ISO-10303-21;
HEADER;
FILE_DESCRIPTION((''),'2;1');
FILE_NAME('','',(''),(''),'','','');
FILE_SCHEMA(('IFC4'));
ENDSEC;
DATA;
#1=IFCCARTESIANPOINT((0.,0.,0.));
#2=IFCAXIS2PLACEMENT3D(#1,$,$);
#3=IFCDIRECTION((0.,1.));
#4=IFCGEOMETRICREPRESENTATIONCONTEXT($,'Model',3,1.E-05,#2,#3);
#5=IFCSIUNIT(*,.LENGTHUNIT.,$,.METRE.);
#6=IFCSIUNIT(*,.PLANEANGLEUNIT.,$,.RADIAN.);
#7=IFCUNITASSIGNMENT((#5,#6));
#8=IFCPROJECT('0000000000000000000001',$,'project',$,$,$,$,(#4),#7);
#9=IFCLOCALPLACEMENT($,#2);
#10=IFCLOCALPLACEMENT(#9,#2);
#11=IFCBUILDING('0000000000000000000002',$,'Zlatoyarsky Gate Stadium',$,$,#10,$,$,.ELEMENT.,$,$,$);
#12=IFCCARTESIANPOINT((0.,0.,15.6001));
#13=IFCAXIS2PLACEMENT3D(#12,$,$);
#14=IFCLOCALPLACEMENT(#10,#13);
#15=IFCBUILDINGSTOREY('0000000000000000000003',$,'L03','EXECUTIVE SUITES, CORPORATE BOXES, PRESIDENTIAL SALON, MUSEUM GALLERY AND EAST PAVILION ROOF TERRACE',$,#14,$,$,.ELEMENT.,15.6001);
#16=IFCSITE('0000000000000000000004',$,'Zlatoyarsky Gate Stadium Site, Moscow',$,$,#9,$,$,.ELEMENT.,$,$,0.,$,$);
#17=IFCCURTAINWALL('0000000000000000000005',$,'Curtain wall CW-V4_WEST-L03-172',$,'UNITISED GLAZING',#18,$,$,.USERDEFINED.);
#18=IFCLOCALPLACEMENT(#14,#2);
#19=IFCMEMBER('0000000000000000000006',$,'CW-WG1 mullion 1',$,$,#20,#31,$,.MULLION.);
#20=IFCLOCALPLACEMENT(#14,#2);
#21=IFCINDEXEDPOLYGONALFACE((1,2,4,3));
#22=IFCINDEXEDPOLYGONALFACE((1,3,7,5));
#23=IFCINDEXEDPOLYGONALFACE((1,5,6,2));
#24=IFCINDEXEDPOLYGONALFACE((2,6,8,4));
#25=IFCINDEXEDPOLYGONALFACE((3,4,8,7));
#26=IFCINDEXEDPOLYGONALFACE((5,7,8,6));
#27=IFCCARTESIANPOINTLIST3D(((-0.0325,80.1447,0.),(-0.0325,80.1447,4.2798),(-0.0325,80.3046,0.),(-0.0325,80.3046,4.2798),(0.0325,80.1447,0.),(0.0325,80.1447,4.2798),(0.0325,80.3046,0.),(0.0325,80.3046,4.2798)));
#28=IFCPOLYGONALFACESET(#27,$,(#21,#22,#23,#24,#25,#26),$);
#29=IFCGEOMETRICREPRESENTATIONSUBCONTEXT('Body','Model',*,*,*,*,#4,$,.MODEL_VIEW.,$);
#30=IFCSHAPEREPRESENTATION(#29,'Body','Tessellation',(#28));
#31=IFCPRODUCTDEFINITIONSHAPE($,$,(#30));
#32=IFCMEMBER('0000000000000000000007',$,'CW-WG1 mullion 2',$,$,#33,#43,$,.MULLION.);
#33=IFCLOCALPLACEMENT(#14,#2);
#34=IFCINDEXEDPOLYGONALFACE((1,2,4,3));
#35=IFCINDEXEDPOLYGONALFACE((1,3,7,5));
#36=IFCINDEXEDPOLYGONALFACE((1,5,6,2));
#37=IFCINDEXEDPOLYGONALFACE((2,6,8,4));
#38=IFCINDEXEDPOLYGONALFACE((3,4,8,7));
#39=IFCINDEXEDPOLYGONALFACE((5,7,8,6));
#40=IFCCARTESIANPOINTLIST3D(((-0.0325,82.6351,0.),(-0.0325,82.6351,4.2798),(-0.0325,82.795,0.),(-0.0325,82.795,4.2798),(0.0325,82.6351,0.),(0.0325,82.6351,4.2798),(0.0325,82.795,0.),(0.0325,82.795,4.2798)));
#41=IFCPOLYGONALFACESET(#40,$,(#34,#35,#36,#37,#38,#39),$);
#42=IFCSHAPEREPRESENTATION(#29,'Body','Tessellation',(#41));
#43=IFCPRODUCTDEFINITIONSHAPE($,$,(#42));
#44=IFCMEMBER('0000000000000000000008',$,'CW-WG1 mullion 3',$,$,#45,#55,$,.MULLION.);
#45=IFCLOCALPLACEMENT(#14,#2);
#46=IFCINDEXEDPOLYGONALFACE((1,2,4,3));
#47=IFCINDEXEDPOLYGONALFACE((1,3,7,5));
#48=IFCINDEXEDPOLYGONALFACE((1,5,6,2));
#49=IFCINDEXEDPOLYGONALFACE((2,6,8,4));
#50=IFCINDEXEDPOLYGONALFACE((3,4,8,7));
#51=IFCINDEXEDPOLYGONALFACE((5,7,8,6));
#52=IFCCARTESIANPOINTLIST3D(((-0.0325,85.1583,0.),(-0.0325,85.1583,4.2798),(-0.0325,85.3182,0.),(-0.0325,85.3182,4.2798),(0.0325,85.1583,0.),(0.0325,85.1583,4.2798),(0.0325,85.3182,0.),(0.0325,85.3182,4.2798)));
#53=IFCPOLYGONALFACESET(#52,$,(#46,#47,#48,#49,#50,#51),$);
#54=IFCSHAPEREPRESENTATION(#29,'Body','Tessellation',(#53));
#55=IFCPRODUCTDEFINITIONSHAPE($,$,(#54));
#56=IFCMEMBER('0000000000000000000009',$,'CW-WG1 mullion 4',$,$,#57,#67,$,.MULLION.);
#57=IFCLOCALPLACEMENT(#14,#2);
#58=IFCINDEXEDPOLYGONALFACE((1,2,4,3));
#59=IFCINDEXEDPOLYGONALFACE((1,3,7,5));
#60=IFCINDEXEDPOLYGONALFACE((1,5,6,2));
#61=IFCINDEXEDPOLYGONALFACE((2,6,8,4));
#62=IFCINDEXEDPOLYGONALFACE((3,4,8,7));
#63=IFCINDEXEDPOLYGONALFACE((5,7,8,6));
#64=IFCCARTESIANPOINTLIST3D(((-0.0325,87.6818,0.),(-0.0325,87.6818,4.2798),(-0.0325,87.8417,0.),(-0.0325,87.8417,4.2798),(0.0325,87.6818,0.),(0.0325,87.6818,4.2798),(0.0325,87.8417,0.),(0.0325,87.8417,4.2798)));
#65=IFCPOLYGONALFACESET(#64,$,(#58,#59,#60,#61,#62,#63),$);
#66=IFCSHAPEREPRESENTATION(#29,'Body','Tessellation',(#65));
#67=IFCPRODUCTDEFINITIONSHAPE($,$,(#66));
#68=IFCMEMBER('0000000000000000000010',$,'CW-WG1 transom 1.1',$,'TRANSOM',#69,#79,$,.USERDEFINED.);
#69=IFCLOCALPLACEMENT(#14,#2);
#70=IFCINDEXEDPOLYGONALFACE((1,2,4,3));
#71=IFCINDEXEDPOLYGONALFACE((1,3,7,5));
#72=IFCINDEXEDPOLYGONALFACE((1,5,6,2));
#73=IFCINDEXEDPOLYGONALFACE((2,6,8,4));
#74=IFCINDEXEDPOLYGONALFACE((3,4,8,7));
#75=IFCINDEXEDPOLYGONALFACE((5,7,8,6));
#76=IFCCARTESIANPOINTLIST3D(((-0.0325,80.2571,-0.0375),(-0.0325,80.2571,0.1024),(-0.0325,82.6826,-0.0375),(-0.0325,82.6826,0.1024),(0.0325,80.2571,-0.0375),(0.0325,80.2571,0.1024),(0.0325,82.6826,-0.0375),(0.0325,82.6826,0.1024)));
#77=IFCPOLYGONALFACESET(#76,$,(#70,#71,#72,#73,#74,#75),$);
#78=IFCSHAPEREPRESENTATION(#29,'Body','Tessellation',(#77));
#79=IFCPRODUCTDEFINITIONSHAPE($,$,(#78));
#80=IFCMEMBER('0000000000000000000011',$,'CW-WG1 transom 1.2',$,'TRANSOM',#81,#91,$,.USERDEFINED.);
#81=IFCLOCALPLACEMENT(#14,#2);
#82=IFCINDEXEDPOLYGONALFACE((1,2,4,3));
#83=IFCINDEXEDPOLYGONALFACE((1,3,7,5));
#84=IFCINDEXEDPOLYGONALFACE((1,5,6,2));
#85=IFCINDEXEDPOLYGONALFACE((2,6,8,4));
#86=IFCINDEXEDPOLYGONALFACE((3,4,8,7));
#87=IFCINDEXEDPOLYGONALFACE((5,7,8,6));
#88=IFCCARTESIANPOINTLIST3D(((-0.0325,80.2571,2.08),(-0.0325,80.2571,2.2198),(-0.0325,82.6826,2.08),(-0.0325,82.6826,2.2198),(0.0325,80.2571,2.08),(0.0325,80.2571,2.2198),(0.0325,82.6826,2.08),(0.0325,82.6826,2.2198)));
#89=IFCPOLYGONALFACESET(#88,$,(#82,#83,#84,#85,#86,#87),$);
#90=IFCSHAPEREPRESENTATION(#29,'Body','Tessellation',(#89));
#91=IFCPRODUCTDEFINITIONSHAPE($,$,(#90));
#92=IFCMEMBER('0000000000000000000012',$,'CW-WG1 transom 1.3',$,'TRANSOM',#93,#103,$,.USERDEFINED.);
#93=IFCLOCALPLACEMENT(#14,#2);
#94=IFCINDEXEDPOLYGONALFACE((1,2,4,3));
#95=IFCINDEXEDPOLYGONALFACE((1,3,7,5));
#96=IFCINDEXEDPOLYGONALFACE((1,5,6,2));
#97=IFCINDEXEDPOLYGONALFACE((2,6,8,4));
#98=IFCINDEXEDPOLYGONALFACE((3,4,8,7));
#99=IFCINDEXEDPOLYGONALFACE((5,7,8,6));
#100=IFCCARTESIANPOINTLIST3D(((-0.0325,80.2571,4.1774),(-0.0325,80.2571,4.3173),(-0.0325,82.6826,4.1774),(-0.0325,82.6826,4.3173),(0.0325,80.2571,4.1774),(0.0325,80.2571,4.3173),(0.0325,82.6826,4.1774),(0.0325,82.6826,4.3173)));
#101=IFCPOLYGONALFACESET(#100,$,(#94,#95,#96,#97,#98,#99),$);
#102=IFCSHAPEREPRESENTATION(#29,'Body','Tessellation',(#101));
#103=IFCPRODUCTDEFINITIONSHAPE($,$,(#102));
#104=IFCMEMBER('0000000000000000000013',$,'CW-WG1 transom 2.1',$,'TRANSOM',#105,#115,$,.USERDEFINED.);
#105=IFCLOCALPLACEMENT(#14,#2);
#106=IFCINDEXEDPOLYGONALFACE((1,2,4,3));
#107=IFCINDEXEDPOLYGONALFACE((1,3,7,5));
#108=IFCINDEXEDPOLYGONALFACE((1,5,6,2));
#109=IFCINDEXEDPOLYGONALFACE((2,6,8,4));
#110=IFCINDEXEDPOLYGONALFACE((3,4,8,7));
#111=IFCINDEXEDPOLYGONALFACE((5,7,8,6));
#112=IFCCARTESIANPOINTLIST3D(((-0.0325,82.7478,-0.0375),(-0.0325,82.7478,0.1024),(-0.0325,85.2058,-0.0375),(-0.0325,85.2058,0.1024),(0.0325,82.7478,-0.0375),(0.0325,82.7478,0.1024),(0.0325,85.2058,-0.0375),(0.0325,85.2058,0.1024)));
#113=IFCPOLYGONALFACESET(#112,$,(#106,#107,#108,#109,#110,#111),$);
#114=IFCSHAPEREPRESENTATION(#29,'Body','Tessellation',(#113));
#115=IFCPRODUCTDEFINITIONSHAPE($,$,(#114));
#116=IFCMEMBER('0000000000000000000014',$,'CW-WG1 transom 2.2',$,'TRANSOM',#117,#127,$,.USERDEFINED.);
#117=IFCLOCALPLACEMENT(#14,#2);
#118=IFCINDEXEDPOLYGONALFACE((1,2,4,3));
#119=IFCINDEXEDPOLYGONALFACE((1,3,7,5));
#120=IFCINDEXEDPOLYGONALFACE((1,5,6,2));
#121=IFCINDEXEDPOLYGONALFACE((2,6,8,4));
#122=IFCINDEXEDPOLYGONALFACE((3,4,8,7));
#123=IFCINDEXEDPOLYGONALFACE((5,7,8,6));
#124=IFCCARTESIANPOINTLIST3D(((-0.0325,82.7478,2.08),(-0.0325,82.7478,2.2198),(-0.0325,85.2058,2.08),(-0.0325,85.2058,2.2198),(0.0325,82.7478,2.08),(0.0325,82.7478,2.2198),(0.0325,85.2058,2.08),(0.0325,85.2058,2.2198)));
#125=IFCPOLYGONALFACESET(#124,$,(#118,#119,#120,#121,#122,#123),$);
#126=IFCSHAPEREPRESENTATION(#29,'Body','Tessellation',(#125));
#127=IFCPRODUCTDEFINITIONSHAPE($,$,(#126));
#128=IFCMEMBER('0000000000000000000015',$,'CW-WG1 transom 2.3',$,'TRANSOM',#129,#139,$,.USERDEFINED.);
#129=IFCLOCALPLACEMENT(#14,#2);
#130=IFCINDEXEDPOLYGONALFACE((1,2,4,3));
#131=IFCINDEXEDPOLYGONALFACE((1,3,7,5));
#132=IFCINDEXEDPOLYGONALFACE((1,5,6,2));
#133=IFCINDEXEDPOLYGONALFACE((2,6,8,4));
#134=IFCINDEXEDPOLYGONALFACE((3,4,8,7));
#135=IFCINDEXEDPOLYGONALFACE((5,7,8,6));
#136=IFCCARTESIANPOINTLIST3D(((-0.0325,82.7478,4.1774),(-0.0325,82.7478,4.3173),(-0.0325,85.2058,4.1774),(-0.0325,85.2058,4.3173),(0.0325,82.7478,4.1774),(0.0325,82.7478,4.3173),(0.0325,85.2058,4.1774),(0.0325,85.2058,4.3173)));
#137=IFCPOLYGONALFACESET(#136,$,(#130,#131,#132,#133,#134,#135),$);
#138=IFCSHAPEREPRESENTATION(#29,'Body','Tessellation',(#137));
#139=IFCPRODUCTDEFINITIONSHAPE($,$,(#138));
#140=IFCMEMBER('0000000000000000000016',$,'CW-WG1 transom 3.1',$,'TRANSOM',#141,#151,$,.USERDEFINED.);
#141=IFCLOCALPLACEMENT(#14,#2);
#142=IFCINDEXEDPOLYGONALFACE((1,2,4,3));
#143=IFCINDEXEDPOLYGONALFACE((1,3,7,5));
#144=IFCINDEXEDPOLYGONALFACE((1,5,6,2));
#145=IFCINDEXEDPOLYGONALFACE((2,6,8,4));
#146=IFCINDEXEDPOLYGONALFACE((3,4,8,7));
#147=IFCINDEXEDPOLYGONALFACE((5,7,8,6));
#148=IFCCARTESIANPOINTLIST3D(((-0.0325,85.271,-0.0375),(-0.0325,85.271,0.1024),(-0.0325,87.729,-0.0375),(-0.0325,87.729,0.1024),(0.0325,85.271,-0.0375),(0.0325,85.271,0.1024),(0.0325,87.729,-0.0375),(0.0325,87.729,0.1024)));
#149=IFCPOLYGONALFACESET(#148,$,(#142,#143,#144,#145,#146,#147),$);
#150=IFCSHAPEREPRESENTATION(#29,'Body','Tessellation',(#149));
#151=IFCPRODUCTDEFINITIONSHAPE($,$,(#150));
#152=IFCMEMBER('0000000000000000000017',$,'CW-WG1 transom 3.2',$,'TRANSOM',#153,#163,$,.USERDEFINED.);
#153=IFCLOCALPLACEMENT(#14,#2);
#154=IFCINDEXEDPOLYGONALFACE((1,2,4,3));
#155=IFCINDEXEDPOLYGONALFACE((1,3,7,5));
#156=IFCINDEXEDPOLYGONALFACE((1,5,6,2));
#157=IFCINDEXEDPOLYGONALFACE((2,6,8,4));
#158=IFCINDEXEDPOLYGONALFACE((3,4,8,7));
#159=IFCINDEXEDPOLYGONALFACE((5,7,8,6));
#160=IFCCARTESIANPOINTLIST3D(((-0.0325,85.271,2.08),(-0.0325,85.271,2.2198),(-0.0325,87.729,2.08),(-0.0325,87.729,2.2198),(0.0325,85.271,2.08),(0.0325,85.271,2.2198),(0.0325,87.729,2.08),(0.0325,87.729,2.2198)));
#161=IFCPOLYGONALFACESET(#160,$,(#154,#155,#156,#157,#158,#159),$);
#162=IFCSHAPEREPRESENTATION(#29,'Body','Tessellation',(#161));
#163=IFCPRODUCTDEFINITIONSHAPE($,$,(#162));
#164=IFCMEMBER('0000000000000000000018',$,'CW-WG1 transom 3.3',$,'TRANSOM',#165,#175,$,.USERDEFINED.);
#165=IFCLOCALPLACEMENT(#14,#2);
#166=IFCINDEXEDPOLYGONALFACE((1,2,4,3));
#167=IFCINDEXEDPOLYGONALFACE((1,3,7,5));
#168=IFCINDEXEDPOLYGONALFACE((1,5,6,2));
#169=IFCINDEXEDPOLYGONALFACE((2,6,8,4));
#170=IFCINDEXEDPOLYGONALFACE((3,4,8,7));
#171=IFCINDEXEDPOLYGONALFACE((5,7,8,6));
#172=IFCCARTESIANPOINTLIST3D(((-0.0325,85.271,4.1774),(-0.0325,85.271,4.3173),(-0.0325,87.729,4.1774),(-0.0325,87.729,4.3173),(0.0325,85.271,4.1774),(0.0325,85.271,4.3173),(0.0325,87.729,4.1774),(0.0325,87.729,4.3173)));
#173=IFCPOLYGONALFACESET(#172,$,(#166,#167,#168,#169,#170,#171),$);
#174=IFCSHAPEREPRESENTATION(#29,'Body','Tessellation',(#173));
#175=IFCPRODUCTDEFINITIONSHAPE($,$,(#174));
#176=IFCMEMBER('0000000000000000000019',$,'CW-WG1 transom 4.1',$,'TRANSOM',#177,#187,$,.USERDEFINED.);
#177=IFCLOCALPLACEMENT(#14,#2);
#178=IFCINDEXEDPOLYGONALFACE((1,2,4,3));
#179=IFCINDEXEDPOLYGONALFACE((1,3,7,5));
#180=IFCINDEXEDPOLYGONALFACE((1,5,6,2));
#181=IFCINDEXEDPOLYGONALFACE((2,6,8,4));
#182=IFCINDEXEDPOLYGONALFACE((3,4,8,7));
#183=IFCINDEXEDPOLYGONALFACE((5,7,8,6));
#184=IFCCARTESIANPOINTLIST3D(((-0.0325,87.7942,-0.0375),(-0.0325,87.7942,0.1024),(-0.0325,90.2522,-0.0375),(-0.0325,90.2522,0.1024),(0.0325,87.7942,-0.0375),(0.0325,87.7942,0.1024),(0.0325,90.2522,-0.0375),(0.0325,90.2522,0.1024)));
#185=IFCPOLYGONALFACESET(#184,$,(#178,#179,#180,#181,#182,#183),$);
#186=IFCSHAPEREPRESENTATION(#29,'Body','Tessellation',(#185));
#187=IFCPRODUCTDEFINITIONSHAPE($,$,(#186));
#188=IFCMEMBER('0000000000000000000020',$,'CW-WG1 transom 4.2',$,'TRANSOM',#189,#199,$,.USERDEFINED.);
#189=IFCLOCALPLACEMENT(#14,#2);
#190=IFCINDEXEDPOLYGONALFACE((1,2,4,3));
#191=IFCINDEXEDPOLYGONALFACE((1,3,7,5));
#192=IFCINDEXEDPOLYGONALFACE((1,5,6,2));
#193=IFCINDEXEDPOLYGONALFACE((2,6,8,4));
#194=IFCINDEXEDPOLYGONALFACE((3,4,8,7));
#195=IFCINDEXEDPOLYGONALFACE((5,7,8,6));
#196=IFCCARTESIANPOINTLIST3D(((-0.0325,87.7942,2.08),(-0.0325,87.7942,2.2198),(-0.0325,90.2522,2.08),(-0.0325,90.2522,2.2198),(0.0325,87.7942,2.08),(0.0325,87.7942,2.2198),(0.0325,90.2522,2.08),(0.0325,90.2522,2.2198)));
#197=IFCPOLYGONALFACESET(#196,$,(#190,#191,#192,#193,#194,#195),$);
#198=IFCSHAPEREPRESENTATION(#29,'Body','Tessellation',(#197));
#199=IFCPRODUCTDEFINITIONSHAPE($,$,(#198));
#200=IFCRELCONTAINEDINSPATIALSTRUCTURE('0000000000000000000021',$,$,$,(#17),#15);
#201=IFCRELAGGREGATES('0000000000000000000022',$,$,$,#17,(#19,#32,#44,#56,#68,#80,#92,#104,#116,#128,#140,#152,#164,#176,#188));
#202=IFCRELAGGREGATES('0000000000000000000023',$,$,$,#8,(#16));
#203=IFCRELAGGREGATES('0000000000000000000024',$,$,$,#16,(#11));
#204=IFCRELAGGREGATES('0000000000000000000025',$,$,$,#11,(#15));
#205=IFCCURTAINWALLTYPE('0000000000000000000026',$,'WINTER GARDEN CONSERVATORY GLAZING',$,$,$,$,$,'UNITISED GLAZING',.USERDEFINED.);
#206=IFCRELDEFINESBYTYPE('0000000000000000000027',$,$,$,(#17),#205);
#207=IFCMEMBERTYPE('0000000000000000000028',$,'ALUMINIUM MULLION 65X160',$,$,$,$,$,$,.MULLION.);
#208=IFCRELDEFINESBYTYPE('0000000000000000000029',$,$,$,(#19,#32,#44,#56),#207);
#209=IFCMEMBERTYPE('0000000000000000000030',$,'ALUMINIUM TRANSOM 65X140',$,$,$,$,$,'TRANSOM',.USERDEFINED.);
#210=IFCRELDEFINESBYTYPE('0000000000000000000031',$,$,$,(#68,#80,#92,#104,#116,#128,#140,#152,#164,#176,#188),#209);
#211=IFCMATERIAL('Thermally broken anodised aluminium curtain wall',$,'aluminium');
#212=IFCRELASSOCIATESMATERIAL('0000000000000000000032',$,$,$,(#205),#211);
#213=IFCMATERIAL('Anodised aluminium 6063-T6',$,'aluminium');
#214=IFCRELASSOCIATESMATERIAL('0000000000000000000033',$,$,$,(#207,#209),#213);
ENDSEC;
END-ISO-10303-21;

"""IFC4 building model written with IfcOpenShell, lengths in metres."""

from ifc_helpers import new_model, si_unit, direction, frame, origin, origin_2d, place, context, subcontext, project, spatial, rectangle, extrude, material, material_profile, profile_set, type_object, element, aggregate, save


model = new_model("IFC4")

# Units and contexts
model_context = context("Model", 3, precision=1e-05, world=origin(), true_north=direction((0.0, 1.0)))
body_context = subcontext(model_context, "Body", "Model", "MODEL_VIEW")
ifc_project = project(units=[si_unit("LENGTHUNIT", "METRE"), si_unit("PLANEANGLEUNIT", "RADIAN")], contexts=[model_context])

# Site, building, storey
site_placement = place(None, origin())
site = spatial("IfcSite", under=ifc_project, at=site_placement, Name="Zlatoyarsky Gate Stadium Site, Moscow", CompositionType="ELEMENT", RefElevation=0.0)
building_placement = place(site_placement, origin())
building = spatial("IfcBuilding", under=site, at=building_placement, Name="Zlatoyarsky Gate Stadium", CompositionType="ELEMENT")
storey_placement = place(building_placement, frame((0.0, 0.0, 15.6001)))
storey = spatial("IfcBuildingStorey", under=building, at=storey_placement, Name="L03", Description="EXECUTIVE SUITES, CORPORATE BOXES, PRESIDENTIAL SALON, MUSEUM GALLERY AND EAST PAVILION ROOF TERRACE", CompositionType="ELEMENT", Elevation=15.6001)

# Curtain wall, members
ifc_material_1 = material(Name="Thermally broken anodised aluminium curtain wall", Category="aluminium")
curtain_wall_type = type_object("IfcCurtainWallType", Name="WINTER GARDEN CONSERVATORY GLAZING", ElementType="UNITISED GLAZING", PredefinedType="USERDEFINED", material=ifc_material_1)
curtain_wall_placement = place(storey_placement, origin())
curtain_wall = element("IfcCurtainWall", 1, at=curtain_wall_placement, inside=storey, type_object=curtain_wall_type, Name="Curtain wall CW-V4_WEST-L03-172", ObjectType="UNITISED GLAZING", PredefinedType="USERDEFINED")
ifc_material_2 = material(Name="Anodised aluminium 6063-T6", Category="aluminium")
ifc_material_profile_1 = material_profile(ifc_material_2, rectangle(XDim=0.0649, YDim=0.1599, at=origin_2d()), Name="ALU 65X160")
ifc_profile_set_1 = profile_set([ifc_material_profile_1], Name="Anodised aluminium 6063-T6")
member_type_1 = type_object("IfcMemberType", Name="ALUMINIUM MULLION 65X160", PredefinedType="MULLION", material=ifc_profile_set_1)
member_1_placement = place(storey_placement, frame((0.0, 80.2246, 0.0), z_axis=(0.0, 0.0, 1.0), x_axis=(-1.0, 0.0, 0.0)))
member_1 = element("IfcMember", 2, at=member_1_placement, type_object=member_type_1, Name="CW-WG1 mullion 1", PredefinedType="MULLION", context=body_context, shape_type="SweptSolid", body=[
    extrude(rectangle(XDim=0.0649, YDim=0.1599, at=origin_2d()), origin(), (0.0, 0.0, 1.0), 4.2798),
])
member_2_placement = place(storey_placement, frame((0.0, 82.7151, 0.0), z_axis=(0.0, 0.0, 1.0), x_axis=(-1.0, 0.0, 0.0)))
member_2 = element("IfcMember", 3, at=member_2_placement, type_object=member_type_1, Name="CW-WG1 mullion 2", PredefinedType="MULLION", context=body_context, shape_type="SweptSolid", body=[
    extrude(rectangle(XDim=0.0649, YDim=0.1599, at=origin_2d()), origin(), (0.0, 0.0, 1.0), 4.2798),
])
member_3_placement = place(storey_placement, frame((0.0, 85.2383, 0.0), z_axis=(0.0, 0.0, 1.0), x_axis=(-1.0, 0.0, 0.0)))
member_3 = element("IfcMember", 4, at=member_3_placement, type_object=member_type_1, Name="CW-WG1 mullion 3", PredefinedType="MULLION", context=body_context, shape_type="SweptSolid", body=[
    extrude(rectangle(XDim=0.0649, YDim=0.1599, at=origin_2d()), origin(), (0.0, 0.0, 1.0), 4.2798),
])
member_4_placement = place(storey_placement, frame((0.0, 87.7617, 0.0), z_axis=(0.0, 0.0, 1.0), x_axis=(-1.0, 0.0, 0.0)))
member_4 = element("IfcMember", 5, at=member_4_placement, type_object=member_type_1, Name="CW-WG1 mullion 4", PredefinedType="MULLION", context=body_context, shape_type="SweptSolid", body=[
    extrude(rectangle(XDim=0.0649, YDim=0.1599, at=origin_2d()), origin(), (0.0, 0.0, 1.0), 4.2798),
])
ifc_material_profile_2 = material_profile(ifc_material_2, rectangle(XDim=0.0649, YDim=0.1399, at=origin_2d()), Name="ALU 65X140")
ifc_profile_set_2 = profile_set([ifc_material_profile_2], Name="Anodised aluminium 6063-T6")
member_type_2 = type_object("IfcMemberType", Name="ALUMINIUM TRANSOM 65X140", ElementType="TRANSOM", PredefinedType="USERDEFINED", material=ifc_profile_set_2)
member_5_placement = place(storey_placement, frame((0.0, 80.2571, 0.0325), z_axis=(0.0, 1.0, 0.0), x_axis=(-1.0, 0.0, 0.0)))
member_5 = element("IfcMember", 6, at=member_5_placement, type_object=member_type_2, Name="CW-WG1 transom 1.1", ObjectType="TRANSOM", PredefinedType="USERDEFINED", context=body_context, shape_type="SweptSolid", body=[
    extrude(rectangle(XDim=0.0649, YDim=0.1399, at=origin_2d()), origin(), (0.0, 0.0, 1.0), 2.4255),
])
member_6_placement = place(storey_placement, frame((0.0, 80.2571, 2.1499), z_axis=(0.0, 1.0, 0.0), x_axis=(-1.0, 0.0, 0.0)))
member_6 = element("IfcMember", 7, at=member_6_placement, type_object=member_type_2, Name="CW-WG1 transom 1.2", ObjectType="TRANSOM", PredefinedType="USERDEFINED", context=body_context, shape_type="SweptSolid", body=[
    extrude(rectangle(XDim=0.0649, YDim=0.1399, at=origin_2d()), origin(), (0.0, 0.0, 1.0), 2.4255),
])
member_7_placement = place(storey_placement, frame((0.0, 80.2571, 4.2473), z_axis=(0.0, 1.0, 0.0), x_axis=(-1.0, 0.0, 0.0)))
member_7 = element("IfcMember", 8, at=member_7_placement, type_object=member_type_2, Name="CW-WG1 transom 1.3", ObjectType="TRANSOM", PredefinedType="USERDEFINED", context=body_context, shape_type="SweptSolid", body=[
    extrude(rectangle(XDim=0.0649, YDim=0.1399, at=origin_2d()), origin(), (0.0, 0.0, 1.0), 2.4255),
])
member_8_placement = place(storey_placement, frame((0.0, 82.7478, 0.0325), z_axis=(0.0, 1.0, 0.0), x_axis=(-1.0, 0.0, 0.0)))
member_8 = element("IfcMember", 9, at=member_8_placement, type_object=member_type_2, Name="CW-WG1 transom 2.1", ObjectType="TRANSOM", PredefinedType="USERDEFINED", context=body_context, shape_type="SweptSolid", body=[
    extrude(rectangle(XDim=0.0649, YDim=0.1399, at=origin_2d()), origin(), (0.0, 0.0, 1.0), 2.458),
])
member_9_placement = place(storey_placement, frame((0.0, 82.7478, 2.1499), z_axis=(0.0, 1.0, 0.0), x_axis=(-1.0, 0.0, 0.0)))
member_9 = element("IfcMember", 10, at=member_9_placement, type_object=member_type_2, Name="CW-WG1 transom 2.2", ObjectType="TRANSOM", PredefinedType="USERDEFINED", context=body_context, shape_type="SweptSolid", body=[
    extrude(rectangle(XDim=0.0649, YDim=0.1399, at=origin_2d()), origin(), (0.0, 0.0, 1.0), 2.458),
])
member_10_placement = place(storey_placement, frame((0.0, 82.7478, 4.2473), z_axis=(0.0, 1.0, 0.0), x_axis=(-1.0, 0.0, 0.0)))
member_10 = element("IfcMember", 11, at=member_10_placement, type_object=member_type_2, Name="CW-WG1 transom 2.3", ObjectType="TRANSOM", PredefinedType="USERDEFINED", context=body_context, shape_type="SweptSolid", body=[
    extrude(rectangle(XDim=0.0649, YDim=0.1399, at=origin_2d()), origin(), (0.0, 0.0, 1.0), 2.458),
])
member_11_placement = place(storey_placement, frame((0.0, 85.271, 0.0325), z_axis=(0.0, 1.0, 0.0), x_axis=(-1.0, 0.0, 0.0)))
member_11 = element("IfcMember", 12, at=member_11_placement, type_object=member_type_2, Name="CW-WG1 transom 3.1", ObjectType="TRANSOM", PredefinedType="USERDEFINED", context=body_context, shape_type="SweptSolid", body=[
    extrude(rectangle(XDim=0.0649, YDim=0.1399, at=origin_2d()), origin(), (0.0, 0.0, 1.0), 2.458),
])
member_12_placement = place(storey_placement, frame((0.0, 85.271, 2.1499), z_axis=(0.0, 1.0, 0.0), x_axis=(-1.0, 0.0, 0.0)))
member_12 = element("IfcMember", 13, at=member_12_placement, type_object=member_type_2, Name="CW-WG1 transom 3.2", ObjectType="TRANSOM", PredefinedType="USERDEFINED", context=body_context, shape_type="SweptSolid", body=[
    extrude(rectangle(XDim=0.0649, YDim=0.1399, at=origin_2d()), origin(), (0.0, 0.0, 1.0), 2.458),
])
member_13_placement = place(storey_placement, frame((0.0, 85.271, 4.2473), z_axis=(0.0, 1.0, 0.0), x_axis=(-1.0, 0.0, 0.0)))
member_13 = element("IfcMember", 14, at=member_13_placement, type_object=member_type_2, Name="CW-WG1 transom 3.3", ObjectType="TRANSOM", PredefinedType="USERDEFINED", context=body_context, shape_type="SweptSolid", body=[
    extrude(rectangle(XDim=0.0649, YDim=0.1399, at=origin_2d()), origin(), (0.0, 0.0, 1.0), 2.458),
])
member_14_placement = place(storey_placement, frame((0.0, 87.7942, 0.0325), z_axis=(0.0, 1.0, 0.0), x_axis=(-1.0, 0.0, 0.0)))
member_14 = element("IfcMember", 15, at=member_14_placement, type_object=member_type_2, Name="CW-WG1 transom 4.1", ObjectType="TRANSOM", PredefinedType="USERDEFINED", context=body_context, shape_type="SweptSolid", body=[
    extrude(rectangle(XDim=0.0649, YDim=0.1399, at=origin_2d()), origin(), (0.0, 0.0, 1.0), 2.458),
])
member_15_placement = place(storey_placement, frame((0.0, 87.7942, 2.1499), z_axis=(0.0, 1.0, 0.0), x_axis=(-1.0, 0.0, 0.0)))
member_15 = element("IfcMember", 16, at=member_15_placement, type_object=member_type_2, Name="CW-WG1 transom 4.2", ObjectType="TRANSOM", PredefinedType="USERDEFINED", context=body_context, shape_type="SweptSolid", body=[
    extrude(rectangle(XDim=0.0649, YDim=0.1399, at=origin_2d()), origin(), (0.0, 0.0, 1.0), 2.458),
])

aggregate(curtain_wall, [member_1, member_2, member_3, member_4, member_5, member_6, member_7, member_8, member_9, member_10, member_11, member_12, member_13, member_14, member_15])

save(model, "model.ifc")
